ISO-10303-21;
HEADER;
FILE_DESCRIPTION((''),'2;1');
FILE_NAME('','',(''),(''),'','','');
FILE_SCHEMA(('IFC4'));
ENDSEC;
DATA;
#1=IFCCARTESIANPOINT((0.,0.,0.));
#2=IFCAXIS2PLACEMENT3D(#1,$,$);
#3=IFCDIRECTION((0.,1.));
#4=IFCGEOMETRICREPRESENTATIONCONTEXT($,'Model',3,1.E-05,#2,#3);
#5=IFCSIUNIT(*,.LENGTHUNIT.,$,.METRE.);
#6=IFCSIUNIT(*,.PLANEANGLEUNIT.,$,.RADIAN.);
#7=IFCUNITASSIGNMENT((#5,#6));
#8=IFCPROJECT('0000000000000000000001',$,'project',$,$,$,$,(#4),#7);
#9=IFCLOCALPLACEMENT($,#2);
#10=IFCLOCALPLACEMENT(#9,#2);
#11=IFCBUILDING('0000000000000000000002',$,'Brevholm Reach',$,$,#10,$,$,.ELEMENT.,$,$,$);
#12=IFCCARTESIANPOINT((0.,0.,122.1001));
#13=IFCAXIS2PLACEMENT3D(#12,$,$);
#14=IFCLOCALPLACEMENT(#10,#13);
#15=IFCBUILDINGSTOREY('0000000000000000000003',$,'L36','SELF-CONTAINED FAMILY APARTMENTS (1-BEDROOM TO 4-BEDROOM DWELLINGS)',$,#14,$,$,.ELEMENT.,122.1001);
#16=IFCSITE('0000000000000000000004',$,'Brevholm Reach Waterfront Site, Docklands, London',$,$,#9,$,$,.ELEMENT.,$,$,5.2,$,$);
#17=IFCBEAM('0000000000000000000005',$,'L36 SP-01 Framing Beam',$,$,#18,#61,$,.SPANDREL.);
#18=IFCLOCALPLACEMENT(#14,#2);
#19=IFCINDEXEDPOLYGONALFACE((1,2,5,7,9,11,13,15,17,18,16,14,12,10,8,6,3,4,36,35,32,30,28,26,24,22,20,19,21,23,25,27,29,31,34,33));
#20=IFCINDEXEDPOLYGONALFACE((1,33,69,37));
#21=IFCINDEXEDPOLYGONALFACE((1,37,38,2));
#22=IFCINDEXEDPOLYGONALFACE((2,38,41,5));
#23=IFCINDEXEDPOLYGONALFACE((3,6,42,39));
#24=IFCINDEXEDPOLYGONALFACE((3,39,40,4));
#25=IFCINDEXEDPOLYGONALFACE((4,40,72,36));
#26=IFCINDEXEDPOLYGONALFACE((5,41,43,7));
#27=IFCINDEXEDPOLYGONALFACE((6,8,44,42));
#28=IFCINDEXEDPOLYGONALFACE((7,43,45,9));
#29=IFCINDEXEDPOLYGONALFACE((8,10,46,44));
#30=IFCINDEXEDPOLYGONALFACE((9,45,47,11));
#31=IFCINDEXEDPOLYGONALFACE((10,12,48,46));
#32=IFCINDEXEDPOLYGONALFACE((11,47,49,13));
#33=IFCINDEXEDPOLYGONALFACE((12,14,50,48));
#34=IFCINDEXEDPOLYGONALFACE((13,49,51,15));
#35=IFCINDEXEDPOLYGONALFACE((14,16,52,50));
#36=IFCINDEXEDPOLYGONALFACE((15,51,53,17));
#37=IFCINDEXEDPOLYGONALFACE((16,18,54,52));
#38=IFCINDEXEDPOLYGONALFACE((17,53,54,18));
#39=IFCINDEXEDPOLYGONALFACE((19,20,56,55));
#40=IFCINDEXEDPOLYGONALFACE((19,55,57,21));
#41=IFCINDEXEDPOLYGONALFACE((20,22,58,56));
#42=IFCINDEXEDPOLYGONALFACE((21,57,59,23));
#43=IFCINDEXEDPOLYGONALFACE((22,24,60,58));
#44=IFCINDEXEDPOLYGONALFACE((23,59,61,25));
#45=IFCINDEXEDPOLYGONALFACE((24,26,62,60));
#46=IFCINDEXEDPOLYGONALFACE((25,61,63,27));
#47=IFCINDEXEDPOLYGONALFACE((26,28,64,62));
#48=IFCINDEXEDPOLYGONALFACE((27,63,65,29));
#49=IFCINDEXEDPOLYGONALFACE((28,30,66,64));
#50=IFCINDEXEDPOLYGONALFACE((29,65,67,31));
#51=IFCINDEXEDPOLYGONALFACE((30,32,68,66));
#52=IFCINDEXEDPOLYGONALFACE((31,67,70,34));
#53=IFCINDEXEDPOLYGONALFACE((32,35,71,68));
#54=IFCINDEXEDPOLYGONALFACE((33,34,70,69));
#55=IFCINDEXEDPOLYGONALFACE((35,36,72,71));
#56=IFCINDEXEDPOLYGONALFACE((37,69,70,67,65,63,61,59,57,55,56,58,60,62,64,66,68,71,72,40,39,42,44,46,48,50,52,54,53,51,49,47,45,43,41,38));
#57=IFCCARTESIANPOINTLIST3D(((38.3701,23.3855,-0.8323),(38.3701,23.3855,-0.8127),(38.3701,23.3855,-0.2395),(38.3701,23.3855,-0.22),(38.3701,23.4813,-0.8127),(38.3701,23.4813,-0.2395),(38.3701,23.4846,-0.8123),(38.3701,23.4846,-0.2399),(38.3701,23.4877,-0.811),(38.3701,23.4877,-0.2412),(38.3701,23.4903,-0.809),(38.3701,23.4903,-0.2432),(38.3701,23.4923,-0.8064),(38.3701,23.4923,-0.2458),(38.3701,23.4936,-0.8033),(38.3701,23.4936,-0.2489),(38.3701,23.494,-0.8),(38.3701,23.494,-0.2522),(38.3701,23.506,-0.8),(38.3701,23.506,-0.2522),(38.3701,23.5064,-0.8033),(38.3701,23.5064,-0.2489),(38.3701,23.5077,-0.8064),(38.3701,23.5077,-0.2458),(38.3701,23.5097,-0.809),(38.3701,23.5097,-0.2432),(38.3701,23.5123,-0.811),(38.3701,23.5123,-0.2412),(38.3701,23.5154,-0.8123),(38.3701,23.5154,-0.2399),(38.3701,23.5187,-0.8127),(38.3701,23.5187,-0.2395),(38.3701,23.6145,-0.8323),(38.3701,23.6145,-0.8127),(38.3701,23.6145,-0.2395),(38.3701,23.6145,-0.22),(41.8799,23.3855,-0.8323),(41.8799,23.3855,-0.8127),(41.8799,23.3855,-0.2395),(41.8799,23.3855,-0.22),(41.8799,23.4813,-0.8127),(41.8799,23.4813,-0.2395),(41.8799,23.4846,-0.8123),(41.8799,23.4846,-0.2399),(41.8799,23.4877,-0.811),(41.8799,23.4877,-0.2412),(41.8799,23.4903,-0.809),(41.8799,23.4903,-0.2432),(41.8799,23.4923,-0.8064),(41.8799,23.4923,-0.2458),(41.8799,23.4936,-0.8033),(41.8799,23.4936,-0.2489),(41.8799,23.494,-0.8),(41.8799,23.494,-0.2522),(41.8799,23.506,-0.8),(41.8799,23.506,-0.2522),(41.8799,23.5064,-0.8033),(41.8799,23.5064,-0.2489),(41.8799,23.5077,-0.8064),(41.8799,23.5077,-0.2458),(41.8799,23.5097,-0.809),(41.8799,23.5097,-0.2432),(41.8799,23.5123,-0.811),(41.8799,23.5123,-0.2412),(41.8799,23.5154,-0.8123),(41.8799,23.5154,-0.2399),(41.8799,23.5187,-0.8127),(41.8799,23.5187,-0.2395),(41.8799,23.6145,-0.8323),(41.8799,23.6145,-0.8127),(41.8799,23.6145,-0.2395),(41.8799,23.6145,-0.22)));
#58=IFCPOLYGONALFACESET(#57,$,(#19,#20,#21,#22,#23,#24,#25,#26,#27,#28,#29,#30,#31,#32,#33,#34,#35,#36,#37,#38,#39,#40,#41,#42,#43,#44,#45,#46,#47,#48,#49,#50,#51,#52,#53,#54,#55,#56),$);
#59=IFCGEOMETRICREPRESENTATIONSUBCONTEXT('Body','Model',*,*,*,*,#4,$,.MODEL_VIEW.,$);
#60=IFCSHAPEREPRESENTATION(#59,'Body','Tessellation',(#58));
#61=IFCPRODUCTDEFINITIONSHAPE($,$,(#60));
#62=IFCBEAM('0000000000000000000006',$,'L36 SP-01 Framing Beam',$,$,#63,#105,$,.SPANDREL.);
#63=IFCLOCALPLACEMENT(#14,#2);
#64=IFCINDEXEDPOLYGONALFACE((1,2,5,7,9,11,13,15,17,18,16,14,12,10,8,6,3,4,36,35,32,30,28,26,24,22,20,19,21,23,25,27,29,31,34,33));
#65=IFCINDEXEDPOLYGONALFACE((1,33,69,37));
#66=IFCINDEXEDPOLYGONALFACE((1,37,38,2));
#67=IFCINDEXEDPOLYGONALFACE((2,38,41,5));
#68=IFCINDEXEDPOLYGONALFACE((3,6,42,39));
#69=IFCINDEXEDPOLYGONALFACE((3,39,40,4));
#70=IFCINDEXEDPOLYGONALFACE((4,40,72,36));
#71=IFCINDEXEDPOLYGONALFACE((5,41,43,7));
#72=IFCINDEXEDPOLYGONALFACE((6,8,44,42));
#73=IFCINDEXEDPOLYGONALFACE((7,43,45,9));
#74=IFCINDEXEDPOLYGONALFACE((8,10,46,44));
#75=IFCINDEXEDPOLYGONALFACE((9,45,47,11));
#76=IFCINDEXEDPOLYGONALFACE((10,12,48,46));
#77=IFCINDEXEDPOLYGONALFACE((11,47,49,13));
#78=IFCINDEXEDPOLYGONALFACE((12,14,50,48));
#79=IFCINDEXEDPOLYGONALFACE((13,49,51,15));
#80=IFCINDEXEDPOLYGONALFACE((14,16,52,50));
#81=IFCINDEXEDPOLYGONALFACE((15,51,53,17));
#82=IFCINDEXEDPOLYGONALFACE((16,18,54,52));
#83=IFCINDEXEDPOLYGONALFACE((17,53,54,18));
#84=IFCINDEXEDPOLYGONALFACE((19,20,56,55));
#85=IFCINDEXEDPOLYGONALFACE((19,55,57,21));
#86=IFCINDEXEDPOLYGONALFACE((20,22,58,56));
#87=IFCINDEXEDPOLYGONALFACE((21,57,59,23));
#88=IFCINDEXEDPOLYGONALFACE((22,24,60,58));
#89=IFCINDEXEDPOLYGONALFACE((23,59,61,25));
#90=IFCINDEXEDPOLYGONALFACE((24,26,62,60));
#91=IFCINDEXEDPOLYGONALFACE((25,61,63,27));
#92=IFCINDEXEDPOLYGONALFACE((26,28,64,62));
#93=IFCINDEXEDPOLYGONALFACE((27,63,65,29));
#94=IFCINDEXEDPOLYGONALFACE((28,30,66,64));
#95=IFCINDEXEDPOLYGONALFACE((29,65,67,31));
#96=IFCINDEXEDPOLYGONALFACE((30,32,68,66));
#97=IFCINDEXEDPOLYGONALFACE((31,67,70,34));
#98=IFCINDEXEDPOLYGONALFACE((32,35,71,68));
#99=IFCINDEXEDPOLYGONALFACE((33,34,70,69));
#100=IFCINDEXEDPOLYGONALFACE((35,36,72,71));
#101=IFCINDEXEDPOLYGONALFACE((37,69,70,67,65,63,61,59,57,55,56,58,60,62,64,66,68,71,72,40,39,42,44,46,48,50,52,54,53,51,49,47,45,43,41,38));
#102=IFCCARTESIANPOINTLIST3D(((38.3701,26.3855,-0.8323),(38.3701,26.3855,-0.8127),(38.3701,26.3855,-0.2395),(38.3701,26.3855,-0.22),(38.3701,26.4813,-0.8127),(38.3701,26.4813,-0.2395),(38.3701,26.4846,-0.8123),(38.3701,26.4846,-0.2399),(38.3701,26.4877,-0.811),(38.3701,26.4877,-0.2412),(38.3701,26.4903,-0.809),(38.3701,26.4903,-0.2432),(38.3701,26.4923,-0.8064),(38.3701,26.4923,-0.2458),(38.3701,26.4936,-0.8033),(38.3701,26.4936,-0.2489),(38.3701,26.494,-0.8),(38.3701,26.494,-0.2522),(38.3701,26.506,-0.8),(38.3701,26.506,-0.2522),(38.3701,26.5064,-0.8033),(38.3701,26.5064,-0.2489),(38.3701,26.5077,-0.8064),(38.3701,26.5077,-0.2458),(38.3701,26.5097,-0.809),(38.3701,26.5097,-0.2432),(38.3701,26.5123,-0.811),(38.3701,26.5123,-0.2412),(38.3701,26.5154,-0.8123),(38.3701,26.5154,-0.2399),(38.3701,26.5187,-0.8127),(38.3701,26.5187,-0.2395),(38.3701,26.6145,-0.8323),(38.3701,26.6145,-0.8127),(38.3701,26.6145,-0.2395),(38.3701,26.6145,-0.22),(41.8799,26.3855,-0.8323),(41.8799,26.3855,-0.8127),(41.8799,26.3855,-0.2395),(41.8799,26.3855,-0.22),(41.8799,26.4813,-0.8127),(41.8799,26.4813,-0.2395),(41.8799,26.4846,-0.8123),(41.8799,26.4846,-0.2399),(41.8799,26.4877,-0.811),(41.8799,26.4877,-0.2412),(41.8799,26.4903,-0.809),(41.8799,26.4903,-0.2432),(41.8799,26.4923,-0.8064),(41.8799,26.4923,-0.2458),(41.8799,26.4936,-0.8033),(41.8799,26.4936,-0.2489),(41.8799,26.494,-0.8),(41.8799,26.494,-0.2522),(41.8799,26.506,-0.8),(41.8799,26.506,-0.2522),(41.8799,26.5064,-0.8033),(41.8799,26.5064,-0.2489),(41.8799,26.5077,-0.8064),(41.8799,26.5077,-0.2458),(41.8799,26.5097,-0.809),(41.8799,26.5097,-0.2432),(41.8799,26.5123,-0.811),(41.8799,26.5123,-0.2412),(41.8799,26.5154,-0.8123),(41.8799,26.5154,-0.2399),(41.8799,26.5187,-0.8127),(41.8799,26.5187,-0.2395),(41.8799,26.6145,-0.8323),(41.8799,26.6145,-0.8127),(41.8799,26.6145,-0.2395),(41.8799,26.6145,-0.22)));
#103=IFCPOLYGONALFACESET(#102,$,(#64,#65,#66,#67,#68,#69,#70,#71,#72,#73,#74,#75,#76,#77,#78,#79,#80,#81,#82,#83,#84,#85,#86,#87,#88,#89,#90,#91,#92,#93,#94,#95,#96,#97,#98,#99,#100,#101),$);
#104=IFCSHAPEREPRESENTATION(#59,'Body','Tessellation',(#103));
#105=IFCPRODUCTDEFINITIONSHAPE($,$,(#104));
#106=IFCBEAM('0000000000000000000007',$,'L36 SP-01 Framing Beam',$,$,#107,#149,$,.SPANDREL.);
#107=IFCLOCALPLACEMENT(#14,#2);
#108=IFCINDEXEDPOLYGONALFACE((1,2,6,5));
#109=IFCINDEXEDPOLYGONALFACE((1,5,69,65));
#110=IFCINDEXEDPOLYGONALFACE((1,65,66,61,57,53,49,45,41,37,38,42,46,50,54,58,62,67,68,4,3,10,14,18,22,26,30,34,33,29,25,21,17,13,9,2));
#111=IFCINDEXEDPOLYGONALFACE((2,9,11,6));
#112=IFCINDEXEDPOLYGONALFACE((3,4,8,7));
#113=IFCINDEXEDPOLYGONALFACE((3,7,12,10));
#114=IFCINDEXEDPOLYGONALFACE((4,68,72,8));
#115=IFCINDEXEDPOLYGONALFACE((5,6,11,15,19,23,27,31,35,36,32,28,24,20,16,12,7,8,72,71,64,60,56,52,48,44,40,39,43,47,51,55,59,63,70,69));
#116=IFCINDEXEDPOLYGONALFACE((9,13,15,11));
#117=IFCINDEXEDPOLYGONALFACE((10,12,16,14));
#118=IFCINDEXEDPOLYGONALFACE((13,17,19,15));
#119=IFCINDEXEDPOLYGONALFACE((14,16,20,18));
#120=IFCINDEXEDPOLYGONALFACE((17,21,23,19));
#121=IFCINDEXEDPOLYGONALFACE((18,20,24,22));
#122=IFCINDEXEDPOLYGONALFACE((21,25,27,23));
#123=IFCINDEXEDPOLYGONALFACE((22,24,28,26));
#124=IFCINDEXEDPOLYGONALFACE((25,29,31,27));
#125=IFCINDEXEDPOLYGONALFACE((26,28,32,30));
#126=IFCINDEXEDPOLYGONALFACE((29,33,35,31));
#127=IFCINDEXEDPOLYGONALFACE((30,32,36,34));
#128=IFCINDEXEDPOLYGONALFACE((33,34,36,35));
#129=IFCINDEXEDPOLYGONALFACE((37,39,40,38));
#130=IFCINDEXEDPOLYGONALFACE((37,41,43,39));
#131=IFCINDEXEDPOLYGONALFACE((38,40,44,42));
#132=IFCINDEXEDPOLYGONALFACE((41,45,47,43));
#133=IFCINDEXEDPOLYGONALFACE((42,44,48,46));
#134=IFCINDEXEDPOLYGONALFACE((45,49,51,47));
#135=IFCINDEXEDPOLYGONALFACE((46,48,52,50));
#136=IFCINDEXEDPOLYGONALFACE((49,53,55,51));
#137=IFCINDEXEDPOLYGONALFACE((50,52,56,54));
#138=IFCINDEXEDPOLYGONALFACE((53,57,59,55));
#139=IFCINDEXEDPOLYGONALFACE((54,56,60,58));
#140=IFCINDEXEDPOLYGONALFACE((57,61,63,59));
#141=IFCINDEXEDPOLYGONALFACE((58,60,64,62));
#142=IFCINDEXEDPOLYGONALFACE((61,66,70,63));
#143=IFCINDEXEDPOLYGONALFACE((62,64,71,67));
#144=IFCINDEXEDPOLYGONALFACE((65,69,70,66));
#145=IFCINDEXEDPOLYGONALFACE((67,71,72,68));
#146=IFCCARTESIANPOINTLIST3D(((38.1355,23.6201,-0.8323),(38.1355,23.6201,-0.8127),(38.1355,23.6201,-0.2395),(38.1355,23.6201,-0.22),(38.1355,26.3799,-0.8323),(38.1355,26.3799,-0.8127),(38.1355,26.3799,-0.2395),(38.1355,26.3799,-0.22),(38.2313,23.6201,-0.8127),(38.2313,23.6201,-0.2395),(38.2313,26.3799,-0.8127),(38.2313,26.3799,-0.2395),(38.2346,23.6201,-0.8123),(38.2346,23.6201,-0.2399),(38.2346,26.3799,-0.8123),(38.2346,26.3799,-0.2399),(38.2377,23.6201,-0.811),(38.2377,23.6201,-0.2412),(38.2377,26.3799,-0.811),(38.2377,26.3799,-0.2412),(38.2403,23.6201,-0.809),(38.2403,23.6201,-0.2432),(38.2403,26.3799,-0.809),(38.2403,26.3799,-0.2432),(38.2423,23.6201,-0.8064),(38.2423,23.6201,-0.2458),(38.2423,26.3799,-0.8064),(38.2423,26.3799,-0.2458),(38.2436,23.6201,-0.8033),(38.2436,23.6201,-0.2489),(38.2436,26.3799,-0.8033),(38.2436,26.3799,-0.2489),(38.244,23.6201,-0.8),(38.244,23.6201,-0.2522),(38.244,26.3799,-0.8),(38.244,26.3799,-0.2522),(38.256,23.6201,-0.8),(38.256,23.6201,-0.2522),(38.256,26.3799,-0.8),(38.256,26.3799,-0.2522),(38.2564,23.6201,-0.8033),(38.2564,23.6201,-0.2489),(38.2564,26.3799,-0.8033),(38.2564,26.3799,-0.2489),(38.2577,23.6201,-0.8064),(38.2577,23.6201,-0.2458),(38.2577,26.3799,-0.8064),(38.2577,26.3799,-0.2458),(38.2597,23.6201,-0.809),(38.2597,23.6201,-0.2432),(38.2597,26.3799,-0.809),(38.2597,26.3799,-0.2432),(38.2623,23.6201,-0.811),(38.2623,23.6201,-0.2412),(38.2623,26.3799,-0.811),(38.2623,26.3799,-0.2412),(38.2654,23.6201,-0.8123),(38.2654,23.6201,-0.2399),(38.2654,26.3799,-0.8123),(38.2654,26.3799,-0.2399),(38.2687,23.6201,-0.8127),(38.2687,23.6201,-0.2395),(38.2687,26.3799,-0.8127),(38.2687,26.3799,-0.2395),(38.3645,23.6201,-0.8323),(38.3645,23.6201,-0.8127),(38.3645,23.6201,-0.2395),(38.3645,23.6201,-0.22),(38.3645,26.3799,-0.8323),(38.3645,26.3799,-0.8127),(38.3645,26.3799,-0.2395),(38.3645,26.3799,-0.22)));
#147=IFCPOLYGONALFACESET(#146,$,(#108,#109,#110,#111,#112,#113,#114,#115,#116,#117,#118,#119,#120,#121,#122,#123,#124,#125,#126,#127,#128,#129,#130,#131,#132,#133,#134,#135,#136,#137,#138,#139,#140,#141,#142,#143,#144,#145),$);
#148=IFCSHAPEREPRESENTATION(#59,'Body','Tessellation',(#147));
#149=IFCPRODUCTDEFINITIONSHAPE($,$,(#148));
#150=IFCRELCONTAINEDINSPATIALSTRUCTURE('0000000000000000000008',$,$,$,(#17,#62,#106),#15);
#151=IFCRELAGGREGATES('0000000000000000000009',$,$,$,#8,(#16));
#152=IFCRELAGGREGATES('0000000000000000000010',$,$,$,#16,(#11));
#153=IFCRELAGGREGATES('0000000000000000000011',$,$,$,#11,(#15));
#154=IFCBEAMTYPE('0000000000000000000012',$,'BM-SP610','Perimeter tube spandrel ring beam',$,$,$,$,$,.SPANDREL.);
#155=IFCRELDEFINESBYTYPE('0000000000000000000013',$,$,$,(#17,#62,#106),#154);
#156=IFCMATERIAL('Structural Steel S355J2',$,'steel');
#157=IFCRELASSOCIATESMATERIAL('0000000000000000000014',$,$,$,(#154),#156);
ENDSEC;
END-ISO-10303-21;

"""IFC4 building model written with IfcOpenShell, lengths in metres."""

from ifc_helpers import new_model, si_unit, direction, frame, origin, origin_2d, place, context, subcontext, project, spatial, i_section, extrude, material, material_profile, profile_set, type_object, element, save


model = new_model("IFC4")

# Units and contexts
model_context = context("Model", 3, precision=1e-05, world=origin(), true_north=direction((0.0, 1.0)))
body_context = subcontext(model_context, "Body", "Model", "MODEL_VIEW")
ifc_project = project(units=[si_unit("LENGTHUNIT", "METRE"), si_unit("PLANEANGLEUNIT", "RADIAN")], contexts=[model_context])

# Site, building, storey
site_placement = place(None, origin())
site = spatial("IfcSite", under=ifc_project, at=site_placement, Name="Brevholm Reach Waterfront Site, Docklands, London", CompositionType="ELEMENT", RefElevation=5.2)
building_placement = place(site_placement, origin())
building = spatial("IfcBuilding", under=site, at=building_placement, Name="Brevholm Reach", CompositionType="ELEMENT")
storey_placement = place(building_placement, frame((0.0, 0.0, 122.1001)))
storey = spatial("IfcBuildingStorey", under=building, at=storey_placement, Name="L36", Description="SELF-CONTAINED FAMILY APARTMENTS (1-BEDROOM TO 4-BEDROOM DWELLINGS)", CompositionType="ELEMENT", Elevation=122.1001)

# Beams
ifc_material_1 = material(Name="Structural Steel S355J2", Category="steel")
ifc_material_profile_1 = material_profile(ifc_material_1, i_section(OverallWidth=0.229, OverallDepth=0.6123, WebThickness=0.012, FlangeThickness=0.0195, FilletRadius=0.0127, at=origin_2d()), Name="UKB 610x229x125")
ifc_profile_set_1 = profile_set([ifc_material_profile_1], Name="Structural Steel S355J2")
beam_type_1 = type_object("IfcBeamType", Name="BM-SP610", Description="Perimeter tube spandrel ring beam", PredefinedType="SPANDREL", material=ifc_profile_set_1)
for number, where, z_axis, x_axis, name in (
    (1, (38.3701, 23.5, -0.5261), (1.0, 0.0, 0.0), (0.0, 1.0, 0.0), "L36 SP-01 Framing Beam"),
    (2, (38.3701, 26.5, -0.5261), (1.0, 0.0, 0.0), (0.0, 1.0, 0.0), "L36 SP-01 Framing Beam"),
):
    element("IfcBeam", number, at=place(storey_placement, frame(where, z_axis=z_axis, x_axis=x_axis)), inside=storey, type_object=beam_type_1, Name=name, PredefinedType="SPANDREL", context=body_context, shape_type="SweptSolid", body=[
        extrude(i_section(OverallWidth=0.229, OverallDepth=0.6123, WebThickness=0.012, FlangeThickness=0.0195, FilletRadius=0.0127, at=origin_2d()), origin(), (0.0, 0.0, 1.0), 3.5098),
    ])
beam_1_placement = place(storey_placement, frame((38.25, 23.6201, -0.5261), z_axis=(0.0, 1.0, 0.0), x_axis=(-1.0, 0.0, 0.0)))
element("IfcBeam", 3, at=beam_1_placement, inside=storey, type_object=beam_type_1, Name="L36 SP-01 Framing Beam", PredefinedType="SPANDREL", context=body_context, shape_type="SweptSolid", body=[
    extrude(i_section(OverallWidth=0.229, OverallDepth=0.6123, WebThickness=0.012, FlangeThickness=0.0195, FilletRadius=0.0127, at=origin_2d()), origin(), (0.0, 0.0, 1.0), 2.7598),
])

save(model, "model.ifc")
